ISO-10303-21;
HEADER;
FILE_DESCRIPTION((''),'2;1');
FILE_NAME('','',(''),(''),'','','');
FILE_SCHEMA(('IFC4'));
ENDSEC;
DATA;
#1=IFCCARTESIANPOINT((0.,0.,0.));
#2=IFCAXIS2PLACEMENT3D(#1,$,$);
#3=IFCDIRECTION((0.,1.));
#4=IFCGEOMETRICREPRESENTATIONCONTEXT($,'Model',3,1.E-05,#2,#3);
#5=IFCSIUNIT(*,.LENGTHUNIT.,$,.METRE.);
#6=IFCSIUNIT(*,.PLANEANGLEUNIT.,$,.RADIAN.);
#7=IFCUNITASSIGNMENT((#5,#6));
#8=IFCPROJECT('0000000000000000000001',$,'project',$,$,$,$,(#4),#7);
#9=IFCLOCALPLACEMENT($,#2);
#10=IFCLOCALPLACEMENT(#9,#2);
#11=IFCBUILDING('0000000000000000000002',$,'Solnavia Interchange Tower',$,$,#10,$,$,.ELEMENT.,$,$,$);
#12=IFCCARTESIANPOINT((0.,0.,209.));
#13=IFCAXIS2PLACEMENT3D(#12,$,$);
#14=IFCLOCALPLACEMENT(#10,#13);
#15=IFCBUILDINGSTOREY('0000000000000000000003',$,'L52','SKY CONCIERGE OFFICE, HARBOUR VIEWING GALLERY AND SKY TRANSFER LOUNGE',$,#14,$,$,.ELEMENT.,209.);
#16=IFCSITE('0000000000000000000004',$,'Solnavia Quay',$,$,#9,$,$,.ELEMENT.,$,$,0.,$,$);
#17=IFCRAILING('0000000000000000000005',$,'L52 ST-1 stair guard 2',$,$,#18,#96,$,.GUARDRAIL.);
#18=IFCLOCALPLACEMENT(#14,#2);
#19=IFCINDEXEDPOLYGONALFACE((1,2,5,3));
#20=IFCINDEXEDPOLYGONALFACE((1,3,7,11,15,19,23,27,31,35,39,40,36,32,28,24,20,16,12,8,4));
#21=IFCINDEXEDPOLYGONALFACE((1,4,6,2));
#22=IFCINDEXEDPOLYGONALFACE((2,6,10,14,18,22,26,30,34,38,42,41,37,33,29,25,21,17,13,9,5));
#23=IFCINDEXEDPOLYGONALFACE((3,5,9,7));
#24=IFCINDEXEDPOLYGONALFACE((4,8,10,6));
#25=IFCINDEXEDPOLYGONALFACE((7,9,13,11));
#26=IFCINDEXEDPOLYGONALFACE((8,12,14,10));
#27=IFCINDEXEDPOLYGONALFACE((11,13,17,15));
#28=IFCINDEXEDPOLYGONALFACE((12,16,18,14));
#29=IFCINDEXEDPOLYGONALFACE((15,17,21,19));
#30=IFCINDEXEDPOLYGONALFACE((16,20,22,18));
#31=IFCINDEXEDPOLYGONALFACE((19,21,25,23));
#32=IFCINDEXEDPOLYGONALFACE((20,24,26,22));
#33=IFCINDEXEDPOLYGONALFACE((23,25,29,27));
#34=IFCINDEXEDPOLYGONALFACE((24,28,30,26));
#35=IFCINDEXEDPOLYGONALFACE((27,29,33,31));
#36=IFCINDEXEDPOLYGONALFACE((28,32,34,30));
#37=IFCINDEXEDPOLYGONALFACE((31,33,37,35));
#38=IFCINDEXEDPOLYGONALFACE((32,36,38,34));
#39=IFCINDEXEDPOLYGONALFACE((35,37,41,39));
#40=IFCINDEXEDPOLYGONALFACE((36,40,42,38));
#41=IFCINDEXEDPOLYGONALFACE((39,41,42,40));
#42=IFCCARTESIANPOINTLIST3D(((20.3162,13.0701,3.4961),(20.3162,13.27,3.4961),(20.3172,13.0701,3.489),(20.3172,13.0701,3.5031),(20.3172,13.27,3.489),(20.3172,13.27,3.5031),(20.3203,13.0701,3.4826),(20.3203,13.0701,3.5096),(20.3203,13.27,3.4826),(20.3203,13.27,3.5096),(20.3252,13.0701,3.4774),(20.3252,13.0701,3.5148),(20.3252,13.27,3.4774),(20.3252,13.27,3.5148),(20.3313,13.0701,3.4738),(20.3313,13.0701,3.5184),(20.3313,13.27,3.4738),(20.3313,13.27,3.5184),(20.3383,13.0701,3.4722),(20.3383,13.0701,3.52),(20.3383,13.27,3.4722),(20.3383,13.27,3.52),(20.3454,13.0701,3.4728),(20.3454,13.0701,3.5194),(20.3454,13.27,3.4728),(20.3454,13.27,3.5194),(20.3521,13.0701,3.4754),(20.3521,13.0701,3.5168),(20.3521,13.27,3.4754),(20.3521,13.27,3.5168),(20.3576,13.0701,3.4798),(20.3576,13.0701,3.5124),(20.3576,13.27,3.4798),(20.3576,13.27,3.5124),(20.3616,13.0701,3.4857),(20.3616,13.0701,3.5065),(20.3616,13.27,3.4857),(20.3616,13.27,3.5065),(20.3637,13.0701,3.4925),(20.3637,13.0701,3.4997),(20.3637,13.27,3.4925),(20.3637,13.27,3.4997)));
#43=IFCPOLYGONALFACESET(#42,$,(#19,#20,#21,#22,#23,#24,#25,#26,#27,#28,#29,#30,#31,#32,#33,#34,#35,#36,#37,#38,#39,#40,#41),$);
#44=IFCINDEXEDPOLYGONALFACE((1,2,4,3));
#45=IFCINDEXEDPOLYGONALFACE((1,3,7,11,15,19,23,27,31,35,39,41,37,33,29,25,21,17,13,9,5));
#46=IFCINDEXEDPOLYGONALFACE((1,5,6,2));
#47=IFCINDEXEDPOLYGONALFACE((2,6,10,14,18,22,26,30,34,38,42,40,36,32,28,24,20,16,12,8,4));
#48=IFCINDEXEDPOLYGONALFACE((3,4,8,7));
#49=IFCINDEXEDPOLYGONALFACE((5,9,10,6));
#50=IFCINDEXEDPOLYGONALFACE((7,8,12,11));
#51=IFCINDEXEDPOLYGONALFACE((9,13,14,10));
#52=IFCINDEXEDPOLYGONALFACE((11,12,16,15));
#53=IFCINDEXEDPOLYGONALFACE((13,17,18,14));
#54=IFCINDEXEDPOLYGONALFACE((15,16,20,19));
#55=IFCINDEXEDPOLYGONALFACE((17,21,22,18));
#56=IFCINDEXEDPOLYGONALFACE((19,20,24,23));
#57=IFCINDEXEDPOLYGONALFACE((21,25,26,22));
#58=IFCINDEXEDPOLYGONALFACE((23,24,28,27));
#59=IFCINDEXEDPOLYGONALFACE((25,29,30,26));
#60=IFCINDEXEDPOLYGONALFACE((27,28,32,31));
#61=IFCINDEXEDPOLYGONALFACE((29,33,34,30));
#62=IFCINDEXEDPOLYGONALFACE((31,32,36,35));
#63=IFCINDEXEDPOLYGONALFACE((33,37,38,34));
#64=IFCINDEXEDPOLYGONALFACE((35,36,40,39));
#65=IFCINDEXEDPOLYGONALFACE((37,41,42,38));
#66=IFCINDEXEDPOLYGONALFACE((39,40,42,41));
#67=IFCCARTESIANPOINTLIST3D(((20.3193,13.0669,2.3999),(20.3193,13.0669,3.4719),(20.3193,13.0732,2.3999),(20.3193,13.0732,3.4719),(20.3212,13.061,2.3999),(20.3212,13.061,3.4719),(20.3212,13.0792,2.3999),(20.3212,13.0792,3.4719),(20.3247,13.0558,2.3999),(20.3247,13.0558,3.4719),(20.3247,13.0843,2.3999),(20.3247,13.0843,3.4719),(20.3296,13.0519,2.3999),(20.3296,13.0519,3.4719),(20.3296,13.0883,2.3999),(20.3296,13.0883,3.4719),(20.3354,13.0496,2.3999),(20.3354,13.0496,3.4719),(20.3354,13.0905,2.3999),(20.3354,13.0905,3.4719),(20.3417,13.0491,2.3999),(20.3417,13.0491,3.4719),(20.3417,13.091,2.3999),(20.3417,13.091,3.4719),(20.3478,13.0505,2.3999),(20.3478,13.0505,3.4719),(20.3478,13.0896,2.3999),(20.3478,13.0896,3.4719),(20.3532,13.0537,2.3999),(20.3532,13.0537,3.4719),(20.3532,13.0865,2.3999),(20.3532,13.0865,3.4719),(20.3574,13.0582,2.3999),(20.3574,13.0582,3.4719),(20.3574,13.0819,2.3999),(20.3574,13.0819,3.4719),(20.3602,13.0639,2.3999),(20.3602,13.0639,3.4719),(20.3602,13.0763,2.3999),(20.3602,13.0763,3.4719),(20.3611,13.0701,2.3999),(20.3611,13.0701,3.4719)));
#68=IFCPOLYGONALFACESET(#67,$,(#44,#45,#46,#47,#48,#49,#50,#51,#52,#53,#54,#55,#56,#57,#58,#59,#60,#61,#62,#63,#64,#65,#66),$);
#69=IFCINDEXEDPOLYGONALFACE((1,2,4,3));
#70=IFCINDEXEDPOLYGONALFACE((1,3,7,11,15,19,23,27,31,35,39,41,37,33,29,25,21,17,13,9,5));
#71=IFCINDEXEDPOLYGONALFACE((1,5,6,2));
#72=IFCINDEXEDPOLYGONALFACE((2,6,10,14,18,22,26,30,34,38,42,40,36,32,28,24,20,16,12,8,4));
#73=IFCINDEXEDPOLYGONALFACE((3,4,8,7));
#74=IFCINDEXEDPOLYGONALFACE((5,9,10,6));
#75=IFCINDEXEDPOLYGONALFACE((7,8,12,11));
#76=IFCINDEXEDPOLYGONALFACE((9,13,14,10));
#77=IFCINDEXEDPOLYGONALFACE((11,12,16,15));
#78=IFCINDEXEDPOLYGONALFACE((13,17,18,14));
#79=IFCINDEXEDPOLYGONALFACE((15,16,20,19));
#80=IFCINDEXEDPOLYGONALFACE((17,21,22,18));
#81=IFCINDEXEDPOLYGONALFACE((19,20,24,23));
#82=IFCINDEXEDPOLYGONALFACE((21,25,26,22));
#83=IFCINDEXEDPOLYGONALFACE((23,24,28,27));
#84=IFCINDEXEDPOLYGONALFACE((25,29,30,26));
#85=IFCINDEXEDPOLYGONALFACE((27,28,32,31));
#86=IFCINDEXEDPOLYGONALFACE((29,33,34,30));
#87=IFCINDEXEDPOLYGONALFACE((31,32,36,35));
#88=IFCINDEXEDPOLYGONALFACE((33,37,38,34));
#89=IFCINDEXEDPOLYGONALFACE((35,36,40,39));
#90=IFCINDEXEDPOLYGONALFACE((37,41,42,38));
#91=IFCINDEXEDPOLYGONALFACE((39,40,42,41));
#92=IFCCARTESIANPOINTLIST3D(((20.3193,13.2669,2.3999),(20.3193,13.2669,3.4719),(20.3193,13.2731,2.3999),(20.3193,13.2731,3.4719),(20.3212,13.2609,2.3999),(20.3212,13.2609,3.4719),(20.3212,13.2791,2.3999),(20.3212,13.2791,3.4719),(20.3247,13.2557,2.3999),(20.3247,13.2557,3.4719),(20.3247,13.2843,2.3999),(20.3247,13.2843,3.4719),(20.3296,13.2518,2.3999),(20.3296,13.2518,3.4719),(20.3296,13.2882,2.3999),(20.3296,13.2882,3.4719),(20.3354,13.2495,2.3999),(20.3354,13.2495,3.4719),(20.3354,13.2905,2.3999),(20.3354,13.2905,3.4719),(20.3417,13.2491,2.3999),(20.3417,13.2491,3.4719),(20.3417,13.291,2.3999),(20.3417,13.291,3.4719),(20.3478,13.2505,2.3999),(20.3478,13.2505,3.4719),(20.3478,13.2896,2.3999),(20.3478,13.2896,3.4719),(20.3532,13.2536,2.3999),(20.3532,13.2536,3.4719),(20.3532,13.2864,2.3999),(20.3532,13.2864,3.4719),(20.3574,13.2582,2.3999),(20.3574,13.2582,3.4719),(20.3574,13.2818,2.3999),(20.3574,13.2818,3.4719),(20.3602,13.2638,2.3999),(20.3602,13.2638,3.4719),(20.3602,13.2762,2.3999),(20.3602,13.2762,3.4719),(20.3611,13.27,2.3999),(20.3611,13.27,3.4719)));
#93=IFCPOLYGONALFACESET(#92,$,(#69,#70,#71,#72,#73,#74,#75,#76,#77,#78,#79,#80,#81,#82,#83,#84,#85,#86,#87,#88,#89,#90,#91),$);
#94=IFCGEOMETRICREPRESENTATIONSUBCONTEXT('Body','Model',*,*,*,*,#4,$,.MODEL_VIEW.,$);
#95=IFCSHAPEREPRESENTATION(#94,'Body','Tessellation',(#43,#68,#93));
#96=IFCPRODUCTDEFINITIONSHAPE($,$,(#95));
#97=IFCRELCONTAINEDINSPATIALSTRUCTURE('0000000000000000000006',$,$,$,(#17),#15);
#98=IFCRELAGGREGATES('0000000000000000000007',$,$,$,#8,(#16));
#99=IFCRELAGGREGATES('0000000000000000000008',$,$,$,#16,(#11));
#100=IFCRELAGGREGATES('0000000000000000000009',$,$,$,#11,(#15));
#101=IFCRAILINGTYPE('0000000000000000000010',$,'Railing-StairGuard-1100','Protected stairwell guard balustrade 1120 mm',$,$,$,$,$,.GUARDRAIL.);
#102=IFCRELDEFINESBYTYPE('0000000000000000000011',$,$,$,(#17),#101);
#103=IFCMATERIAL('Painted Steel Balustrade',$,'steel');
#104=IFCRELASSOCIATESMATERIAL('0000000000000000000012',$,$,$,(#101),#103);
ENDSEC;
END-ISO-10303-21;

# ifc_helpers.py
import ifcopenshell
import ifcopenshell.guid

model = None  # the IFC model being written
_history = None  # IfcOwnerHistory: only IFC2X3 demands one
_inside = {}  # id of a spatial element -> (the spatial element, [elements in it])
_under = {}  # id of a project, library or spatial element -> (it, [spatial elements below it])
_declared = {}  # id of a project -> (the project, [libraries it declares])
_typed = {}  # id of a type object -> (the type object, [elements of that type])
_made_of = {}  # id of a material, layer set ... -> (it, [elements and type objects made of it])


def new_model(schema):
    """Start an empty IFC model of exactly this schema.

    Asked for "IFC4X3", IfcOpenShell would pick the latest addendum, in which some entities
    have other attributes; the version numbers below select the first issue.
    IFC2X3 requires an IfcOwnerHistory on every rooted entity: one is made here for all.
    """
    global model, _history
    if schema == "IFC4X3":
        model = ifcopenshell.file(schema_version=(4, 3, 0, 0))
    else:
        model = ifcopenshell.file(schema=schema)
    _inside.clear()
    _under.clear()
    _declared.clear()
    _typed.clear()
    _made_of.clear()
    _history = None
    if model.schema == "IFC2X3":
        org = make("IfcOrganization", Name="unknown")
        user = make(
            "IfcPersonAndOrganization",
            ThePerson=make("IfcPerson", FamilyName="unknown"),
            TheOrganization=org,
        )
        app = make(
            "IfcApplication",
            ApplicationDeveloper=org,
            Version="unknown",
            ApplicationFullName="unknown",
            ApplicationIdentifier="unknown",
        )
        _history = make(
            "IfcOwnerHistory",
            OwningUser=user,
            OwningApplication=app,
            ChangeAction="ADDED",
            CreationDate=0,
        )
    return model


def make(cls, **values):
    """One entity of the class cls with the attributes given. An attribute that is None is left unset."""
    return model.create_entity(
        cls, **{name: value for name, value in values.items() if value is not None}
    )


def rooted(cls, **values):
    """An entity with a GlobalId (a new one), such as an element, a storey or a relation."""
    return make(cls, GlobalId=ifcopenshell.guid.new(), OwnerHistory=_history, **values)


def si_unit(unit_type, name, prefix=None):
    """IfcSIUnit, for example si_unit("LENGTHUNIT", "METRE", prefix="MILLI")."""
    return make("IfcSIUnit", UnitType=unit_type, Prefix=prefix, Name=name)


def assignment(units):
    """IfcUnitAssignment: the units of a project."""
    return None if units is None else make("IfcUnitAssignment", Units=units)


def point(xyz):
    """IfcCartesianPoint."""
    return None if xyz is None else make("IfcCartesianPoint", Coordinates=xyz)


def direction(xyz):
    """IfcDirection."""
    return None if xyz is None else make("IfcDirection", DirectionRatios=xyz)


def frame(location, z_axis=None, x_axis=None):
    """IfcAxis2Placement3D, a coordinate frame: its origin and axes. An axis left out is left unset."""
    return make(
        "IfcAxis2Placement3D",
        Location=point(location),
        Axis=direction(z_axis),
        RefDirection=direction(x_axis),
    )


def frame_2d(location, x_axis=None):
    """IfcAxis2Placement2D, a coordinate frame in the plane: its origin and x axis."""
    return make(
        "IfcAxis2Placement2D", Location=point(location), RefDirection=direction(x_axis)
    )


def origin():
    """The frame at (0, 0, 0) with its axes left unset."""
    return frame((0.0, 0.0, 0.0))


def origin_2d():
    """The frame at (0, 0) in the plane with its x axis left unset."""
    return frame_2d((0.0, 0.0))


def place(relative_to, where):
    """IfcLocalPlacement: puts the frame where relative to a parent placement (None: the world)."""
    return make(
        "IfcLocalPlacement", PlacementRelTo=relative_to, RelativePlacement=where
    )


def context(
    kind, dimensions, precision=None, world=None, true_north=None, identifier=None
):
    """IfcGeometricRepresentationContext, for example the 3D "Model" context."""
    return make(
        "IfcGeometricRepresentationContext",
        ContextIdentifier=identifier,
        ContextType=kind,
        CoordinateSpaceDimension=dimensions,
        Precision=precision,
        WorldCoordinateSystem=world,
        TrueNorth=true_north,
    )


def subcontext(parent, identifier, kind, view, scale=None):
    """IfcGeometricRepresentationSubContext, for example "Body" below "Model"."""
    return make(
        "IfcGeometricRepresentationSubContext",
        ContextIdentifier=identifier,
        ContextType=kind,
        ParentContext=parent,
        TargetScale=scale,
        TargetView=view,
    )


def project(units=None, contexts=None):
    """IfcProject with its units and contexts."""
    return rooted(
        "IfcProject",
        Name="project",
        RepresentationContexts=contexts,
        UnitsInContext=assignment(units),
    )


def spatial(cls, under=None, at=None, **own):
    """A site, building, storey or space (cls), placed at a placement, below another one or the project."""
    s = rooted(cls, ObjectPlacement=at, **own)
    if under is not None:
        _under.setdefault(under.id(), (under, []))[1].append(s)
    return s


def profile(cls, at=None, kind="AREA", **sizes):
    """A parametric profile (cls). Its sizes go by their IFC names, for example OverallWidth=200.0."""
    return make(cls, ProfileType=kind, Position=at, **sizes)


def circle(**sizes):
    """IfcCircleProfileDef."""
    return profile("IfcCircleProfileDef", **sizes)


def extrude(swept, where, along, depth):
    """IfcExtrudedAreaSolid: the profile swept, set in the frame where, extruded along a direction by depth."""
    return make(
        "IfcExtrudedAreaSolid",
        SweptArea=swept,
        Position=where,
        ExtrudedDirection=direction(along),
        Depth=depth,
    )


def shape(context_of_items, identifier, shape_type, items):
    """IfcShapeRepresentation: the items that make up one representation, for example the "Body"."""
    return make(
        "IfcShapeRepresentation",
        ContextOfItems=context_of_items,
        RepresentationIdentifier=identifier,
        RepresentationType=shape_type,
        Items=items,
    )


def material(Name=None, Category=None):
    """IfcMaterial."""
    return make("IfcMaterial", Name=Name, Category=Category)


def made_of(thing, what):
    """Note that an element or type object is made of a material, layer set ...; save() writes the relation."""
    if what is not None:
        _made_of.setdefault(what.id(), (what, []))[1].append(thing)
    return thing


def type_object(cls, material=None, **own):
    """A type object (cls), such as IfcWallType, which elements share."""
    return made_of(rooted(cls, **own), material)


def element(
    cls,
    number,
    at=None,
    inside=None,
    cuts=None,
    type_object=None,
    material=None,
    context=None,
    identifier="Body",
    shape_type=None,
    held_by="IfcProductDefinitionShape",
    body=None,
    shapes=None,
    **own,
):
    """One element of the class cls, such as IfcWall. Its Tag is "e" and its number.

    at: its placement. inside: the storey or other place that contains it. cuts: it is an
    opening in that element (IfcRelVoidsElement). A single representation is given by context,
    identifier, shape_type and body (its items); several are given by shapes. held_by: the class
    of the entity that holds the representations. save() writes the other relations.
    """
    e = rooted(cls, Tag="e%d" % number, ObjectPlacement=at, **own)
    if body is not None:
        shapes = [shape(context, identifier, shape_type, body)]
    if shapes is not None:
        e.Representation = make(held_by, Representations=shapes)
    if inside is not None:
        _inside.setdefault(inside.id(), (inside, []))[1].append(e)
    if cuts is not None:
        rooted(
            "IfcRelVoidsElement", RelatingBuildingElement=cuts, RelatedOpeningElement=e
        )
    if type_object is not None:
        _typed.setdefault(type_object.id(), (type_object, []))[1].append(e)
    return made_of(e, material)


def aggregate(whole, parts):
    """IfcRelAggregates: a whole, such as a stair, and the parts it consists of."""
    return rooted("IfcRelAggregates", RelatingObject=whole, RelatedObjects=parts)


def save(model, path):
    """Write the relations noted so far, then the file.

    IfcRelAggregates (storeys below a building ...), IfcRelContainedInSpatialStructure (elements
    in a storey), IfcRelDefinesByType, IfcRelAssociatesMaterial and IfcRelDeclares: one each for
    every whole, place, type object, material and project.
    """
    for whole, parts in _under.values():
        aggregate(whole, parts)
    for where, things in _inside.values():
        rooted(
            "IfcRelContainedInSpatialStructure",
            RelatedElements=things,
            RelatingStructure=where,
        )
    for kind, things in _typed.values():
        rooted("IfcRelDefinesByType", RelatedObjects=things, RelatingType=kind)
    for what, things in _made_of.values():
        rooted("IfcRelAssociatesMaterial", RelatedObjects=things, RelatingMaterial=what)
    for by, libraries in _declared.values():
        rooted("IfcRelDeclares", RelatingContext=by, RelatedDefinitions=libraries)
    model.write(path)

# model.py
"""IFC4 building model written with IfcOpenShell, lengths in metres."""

from ifc_helpers import new_model, si_unit, direction, frame, origin, origin_2d, place, context, subcontext, project, spatial, circle, extrude, material, type_object, element, save


model = new_model("IFC4")

# Units and contexts
model_context = context("Model", 3, precision=1e-05, world=origin(), true_north=direction((0.0, 1.0)))
body_context = subcontext(model_context, "Body", "Model", "MODEL_VIEW")
ifc_project = project(units=[si_unit("LENGTHUNIT", "METRE"), si_unit("PLANEANGLEUNIT", "RADIAN")], contexts=[model_context])

# Site, building, storey
site_placement = place(None, origin())
site = spatial("IfcSite", under=ifc_project, at=site_placement, Name="Solnavia Quay", CompositionType="ELEMENT", RefElevation=0.0)
building_placement = place(site_placement, origin())
building = spatial("IfcBuilding", under=site, at=building_placement, Name="Solnavia Interchange Tower", CompositionType="ELEMENT")
storey_placement = place(building_placement, frame((0.0, 0.0, 209.0)))
storey = spatial("IfcBuildingStorey", under=building, at=storey_placement, Name="L52", Description="SKY CONCIERGE OFFICE, HARBOUR VIEWING GALLERY AND SKY TRANSFER LOUNGE", CompositionType="ELEMENT", Elevation=209.0)

# Railing
ifc_material_1 = material(Name="Painted Steel Balustrade", Category="steel")
railing_type_1 = type_object("IfcRailingType", Name="Railing-StairGuard-1100", Description="Protected stairwell guard balustrade 1120 mm", PredefinedType="GUARDRAIL", material=ifc_material_1)
railing_1_placement = place(storey_placement, frame((20.3401, 13.0701, 2.3999)))
element("IfcRailing", 1, at=railing_1_placement, inside=storey, type_object=railing_type_1, Name="L52 ST-1 stair guard 2", PredefinedType="GUARDRAIL", context=body_context, shape_type="SweptSolid", body=[
    extrude(circle(Radius=0.0239, at=origin_2d()), frame((0.0, 0.0, 1.0962), z_axis=(0.0, 1.0, 0.0), x_axis=(-1.0, 0.0, 0.0)), (0.0, 0.0, 1.0), 0.2),
    extrude(circle(Radius=0.021, at=origin_2d()), origin(), (0.0, 0.0, 1.0), 1.072),
    extrude(circle(Radius=0.021, at=origin_2d()), frame((0.0, 0.2, 0.0)), (0.0, 0.0, 1.0), 1.072),
])

save(model, "model.ifc")
